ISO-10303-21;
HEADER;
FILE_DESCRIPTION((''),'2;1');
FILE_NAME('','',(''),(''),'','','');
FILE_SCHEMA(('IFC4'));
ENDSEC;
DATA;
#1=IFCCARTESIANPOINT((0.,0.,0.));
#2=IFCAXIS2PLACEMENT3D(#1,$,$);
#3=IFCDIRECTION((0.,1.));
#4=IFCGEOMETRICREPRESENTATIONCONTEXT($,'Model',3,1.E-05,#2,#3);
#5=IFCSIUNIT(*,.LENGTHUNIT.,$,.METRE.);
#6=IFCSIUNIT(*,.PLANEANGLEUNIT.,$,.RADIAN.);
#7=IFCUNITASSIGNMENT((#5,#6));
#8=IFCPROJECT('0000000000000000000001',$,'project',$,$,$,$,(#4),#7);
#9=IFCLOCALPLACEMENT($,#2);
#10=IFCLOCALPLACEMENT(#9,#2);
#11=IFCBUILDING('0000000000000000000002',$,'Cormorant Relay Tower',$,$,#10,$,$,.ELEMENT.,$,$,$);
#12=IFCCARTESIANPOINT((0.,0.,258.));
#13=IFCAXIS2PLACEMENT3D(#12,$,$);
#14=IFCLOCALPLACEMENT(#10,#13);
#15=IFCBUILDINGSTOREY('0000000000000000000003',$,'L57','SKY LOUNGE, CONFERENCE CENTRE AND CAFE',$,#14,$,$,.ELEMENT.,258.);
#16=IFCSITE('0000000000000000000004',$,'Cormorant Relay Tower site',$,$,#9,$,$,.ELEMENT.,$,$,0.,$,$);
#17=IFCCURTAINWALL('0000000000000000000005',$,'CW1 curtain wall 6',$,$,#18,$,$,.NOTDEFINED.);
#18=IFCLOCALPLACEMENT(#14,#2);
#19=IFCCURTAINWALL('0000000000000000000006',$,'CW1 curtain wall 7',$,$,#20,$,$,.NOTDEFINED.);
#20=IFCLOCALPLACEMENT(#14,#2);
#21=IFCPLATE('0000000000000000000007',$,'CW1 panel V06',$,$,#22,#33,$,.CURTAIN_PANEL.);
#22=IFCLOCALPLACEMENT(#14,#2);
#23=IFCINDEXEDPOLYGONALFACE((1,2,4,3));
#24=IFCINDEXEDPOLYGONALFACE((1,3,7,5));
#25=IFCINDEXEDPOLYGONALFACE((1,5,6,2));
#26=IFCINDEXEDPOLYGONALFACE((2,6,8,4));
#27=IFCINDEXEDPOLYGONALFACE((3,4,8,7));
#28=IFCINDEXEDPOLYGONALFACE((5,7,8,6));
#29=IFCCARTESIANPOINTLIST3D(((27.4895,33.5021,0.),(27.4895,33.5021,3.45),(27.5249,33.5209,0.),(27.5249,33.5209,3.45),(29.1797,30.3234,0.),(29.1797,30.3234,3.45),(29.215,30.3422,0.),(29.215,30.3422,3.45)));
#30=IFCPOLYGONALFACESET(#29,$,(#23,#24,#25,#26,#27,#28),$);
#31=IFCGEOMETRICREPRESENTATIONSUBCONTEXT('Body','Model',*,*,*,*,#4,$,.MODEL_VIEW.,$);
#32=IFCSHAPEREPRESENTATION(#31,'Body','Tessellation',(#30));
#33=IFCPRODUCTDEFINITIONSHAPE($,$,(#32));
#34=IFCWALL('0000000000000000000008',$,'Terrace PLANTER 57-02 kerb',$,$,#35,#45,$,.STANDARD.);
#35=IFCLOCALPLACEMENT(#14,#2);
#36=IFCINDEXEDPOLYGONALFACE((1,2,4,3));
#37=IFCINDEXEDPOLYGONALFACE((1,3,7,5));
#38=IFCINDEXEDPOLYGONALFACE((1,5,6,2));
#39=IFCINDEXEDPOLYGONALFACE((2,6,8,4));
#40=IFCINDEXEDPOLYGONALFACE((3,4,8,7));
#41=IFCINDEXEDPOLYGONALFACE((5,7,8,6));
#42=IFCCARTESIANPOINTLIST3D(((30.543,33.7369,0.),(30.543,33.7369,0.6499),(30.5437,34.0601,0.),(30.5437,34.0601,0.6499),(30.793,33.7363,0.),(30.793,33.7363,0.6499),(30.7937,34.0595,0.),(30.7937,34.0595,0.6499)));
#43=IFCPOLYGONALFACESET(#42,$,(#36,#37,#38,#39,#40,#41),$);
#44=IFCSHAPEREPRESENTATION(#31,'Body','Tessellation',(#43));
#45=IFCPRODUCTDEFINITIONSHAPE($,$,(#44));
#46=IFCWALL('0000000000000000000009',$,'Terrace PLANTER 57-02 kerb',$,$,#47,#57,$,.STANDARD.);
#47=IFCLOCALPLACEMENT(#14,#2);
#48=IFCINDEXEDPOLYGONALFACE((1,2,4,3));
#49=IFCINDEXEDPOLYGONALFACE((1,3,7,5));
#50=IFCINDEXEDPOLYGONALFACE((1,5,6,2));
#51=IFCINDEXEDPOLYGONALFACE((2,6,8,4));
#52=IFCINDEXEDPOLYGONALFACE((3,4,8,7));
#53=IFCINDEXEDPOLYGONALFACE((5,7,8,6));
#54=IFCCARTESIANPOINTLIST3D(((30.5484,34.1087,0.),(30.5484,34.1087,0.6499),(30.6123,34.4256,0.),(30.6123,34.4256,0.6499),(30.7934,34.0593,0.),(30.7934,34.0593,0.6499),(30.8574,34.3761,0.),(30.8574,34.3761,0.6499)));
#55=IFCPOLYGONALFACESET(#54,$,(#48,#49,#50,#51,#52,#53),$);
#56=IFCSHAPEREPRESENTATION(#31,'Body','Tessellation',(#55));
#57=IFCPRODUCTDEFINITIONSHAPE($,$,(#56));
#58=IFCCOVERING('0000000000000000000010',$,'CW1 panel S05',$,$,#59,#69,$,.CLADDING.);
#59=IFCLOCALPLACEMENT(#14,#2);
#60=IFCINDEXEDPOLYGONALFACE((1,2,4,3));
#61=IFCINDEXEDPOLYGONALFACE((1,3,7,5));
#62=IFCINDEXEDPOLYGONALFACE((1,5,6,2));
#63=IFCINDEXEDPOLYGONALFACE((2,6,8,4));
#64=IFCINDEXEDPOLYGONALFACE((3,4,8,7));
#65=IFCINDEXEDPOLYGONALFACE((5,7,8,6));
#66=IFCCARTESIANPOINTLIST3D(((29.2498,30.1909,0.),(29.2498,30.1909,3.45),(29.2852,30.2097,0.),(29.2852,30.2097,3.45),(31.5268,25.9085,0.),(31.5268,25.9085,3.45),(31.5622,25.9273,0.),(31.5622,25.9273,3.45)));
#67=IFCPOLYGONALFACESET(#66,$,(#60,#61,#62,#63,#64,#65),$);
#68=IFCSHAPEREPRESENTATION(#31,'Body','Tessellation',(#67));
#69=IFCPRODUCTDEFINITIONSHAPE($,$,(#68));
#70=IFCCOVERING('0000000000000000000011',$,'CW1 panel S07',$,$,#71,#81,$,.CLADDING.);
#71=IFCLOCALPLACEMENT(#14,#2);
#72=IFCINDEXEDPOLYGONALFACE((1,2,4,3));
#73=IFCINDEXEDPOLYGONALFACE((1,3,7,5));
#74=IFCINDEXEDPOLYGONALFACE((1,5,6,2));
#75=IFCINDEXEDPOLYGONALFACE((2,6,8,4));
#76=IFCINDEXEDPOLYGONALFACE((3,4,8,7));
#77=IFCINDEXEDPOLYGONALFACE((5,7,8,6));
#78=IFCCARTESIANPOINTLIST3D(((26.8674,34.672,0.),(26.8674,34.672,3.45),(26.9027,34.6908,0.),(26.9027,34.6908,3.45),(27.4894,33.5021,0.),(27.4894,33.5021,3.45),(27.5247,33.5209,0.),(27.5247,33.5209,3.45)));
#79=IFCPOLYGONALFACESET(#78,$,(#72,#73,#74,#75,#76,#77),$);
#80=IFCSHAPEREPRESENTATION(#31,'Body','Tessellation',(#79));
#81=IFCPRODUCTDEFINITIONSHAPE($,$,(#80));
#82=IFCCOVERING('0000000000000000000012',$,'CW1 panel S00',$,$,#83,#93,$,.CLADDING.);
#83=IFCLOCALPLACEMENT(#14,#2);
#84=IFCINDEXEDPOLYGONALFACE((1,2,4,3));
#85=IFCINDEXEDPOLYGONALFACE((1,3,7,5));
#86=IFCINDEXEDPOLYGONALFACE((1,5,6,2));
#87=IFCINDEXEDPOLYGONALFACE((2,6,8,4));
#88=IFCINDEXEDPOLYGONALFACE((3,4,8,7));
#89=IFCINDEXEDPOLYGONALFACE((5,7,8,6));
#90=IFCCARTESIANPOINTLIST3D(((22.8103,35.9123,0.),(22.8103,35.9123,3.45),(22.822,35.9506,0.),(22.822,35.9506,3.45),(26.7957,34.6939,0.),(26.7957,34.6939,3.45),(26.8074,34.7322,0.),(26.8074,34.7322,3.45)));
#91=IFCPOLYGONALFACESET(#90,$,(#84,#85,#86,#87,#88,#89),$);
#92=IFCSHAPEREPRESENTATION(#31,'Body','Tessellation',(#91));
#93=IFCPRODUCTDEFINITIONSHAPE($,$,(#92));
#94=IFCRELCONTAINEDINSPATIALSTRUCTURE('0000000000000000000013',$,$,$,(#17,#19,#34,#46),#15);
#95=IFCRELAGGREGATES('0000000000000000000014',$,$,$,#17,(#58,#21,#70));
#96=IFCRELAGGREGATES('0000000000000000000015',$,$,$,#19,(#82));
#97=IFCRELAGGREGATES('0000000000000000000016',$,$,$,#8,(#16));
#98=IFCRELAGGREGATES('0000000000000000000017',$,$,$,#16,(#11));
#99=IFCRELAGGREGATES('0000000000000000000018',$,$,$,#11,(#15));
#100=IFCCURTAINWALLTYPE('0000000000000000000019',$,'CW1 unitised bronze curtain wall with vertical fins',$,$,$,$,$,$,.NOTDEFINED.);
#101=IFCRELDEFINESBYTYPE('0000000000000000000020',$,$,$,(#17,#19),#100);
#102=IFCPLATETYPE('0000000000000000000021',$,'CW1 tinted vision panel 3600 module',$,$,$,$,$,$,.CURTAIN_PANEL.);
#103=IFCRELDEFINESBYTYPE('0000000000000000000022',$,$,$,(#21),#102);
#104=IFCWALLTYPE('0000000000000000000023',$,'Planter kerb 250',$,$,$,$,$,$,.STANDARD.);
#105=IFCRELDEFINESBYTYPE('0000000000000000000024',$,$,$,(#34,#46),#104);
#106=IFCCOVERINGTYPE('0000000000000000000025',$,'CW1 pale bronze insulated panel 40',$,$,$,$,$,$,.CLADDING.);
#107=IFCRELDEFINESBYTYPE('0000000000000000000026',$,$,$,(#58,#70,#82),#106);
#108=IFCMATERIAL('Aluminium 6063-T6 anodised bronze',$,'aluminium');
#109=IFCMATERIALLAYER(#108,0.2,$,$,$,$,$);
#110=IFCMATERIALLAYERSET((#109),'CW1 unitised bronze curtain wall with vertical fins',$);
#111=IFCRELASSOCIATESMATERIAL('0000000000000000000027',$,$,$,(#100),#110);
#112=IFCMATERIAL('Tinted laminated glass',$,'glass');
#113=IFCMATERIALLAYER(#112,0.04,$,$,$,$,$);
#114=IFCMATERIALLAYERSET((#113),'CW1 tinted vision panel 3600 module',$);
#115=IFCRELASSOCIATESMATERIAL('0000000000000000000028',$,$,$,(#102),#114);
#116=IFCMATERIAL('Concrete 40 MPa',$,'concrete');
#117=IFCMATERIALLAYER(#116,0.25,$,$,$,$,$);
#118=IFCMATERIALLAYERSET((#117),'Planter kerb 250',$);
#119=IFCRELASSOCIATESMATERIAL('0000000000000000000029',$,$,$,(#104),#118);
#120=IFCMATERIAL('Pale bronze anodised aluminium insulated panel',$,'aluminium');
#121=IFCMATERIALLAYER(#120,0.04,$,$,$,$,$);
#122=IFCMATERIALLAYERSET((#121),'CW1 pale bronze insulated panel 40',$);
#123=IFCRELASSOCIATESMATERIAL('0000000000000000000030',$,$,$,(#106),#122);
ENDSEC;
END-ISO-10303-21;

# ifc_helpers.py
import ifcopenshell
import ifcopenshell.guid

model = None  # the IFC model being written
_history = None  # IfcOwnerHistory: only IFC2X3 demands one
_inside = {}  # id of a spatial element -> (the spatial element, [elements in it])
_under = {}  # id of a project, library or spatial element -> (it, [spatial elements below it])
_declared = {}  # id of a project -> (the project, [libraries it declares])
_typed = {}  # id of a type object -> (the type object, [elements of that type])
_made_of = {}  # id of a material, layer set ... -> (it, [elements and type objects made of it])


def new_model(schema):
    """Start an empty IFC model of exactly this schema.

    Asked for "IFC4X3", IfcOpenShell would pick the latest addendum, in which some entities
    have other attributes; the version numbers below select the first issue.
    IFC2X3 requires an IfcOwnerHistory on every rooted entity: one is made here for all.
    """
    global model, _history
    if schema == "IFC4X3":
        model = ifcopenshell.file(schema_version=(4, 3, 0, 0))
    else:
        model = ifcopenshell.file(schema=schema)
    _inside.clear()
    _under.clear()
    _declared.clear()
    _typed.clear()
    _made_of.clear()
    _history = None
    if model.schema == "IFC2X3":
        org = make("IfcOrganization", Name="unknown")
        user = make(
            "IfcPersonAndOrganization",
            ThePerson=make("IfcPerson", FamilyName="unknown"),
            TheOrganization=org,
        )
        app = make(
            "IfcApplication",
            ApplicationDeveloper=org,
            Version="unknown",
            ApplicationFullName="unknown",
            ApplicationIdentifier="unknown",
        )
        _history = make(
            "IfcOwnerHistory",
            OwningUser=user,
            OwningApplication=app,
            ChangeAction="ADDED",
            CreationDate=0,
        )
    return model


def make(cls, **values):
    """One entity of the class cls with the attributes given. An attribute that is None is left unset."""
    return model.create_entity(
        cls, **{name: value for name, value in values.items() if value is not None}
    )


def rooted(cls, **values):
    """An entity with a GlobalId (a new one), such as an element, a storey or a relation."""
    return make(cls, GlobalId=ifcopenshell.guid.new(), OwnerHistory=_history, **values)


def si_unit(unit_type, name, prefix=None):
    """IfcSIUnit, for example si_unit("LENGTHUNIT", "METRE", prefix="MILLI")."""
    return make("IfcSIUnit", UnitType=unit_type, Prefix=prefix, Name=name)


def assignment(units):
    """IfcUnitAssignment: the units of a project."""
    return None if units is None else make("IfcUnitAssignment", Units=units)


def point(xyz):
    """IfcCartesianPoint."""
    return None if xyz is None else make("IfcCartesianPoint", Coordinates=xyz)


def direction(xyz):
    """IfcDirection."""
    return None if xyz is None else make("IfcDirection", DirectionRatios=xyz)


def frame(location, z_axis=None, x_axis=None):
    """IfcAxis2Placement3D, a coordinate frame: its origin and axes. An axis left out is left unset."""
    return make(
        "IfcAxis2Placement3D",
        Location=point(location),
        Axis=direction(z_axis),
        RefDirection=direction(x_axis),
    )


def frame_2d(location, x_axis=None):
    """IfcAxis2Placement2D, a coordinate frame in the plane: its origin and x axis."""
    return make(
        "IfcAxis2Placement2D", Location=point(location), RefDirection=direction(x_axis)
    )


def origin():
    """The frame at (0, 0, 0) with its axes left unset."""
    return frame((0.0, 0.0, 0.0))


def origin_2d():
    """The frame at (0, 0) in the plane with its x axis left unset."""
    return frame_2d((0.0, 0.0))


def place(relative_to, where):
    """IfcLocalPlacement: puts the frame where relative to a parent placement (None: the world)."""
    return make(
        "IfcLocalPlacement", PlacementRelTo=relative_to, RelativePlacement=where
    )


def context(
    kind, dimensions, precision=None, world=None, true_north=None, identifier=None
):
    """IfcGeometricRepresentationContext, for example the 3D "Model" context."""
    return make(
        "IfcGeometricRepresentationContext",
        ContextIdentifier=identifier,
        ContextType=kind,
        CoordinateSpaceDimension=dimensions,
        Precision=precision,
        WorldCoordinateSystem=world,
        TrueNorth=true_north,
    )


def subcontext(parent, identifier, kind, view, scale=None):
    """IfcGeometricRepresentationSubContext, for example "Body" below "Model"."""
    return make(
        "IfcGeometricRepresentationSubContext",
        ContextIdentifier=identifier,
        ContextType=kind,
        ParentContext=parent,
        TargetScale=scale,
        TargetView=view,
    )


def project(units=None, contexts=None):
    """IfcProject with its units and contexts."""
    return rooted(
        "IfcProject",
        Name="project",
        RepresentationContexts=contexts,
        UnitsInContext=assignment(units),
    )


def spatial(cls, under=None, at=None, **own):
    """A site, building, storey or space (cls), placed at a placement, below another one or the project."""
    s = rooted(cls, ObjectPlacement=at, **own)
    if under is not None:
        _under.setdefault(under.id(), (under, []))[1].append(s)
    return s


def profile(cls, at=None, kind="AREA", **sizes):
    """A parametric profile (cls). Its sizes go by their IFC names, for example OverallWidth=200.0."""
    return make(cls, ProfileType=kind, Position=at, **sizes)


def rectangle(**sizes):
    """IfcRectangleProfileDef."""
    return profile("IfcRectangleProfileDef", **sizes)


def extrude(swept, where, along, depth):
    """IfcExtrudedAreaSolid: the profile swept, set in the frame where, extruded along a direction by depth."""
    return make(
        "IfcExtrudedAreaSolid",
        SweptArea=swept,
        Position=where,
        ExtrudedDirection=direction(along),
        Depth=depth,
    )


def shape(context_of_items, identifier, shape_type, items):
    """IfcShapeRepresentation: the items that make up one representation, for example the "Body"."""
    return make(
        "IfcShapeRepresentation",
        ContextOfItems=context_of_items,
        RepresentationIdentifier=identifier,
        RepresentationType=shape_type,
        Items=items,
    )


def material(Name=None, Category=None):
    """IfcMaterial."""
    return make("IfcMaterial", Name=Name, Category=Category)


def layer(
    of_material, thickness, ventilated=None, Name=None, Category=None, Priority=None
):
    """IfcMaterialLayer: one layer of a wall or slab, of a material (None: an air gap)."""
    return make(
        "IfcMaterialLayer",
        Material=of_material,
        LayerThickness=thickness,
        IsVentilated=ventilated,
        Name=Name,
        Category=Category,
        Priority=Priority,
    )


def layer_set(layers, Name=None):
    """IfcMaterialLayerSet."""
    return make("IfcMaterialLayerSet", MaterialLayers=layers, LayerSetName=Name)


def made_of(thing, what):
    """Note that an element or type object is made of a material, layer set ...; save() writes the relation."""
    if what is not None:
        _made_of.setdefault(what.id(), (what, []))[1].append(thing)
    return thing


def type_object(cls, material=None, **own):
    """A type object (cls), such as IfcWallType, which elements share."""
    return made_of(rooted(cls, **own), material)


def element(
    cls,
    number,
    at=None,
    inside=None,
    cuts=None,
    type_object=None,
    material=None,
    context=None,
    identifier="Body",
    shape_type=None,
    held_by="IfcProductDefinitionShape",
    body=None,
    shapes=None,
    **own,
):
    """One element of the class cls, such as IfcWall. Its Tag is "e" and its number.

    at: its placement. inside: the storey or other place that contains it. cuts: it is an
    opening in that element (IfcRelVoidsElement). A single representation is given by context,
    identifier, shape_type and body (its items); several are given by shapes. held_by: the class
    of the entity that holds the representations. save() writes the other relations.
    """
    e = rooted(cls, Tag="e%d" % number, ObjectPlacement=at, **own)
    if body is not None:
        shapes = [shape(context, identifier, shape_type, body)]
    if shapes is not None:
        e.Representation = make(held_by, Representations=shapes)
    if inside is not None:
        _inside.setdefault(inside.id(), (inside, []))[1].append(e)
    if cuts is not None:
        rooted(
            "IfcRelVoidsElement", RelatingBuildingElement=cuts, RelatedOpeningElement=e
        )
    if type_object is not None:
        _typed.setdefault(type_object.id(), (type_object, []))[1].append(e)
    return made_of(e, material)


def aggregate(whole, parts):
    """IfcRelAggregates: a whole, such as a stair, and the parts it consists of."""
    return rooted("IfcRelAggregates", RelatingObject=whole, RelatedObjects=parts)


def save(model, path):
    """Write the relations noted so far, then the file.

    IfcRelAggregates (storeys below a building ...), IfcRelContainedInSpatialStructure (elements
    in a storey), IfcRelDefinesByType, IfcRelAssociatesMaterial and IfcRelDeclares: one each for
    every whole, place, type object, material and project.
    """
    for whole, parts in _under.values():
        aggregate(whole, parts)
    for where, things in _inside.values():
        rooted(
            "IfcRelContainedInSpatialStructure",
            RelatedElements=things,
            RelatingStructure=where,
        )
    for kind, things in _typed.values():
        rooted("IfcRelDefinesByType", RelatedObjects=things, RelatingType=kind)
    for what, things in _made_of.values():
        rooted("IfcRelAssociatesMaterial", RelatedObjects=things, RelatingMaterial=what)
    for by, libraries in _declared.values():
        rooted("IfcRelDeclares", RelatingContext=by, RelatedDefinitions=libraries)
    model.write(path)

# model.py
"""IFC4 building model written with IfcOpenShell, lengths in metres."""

from ifc_helpers import new_model, si_unit, direction, frame, frame_2d, origin, origin_2d, place, context, subcontext, project, spatial, rectangle, extrude, material, layer, layer_set, type_object, element, aggregate, save


model = new_model("IFC4")

# Units and contexts
model_context = context("Model", 3, precision=1e-05, world=origin(), true_north=direction((0.0, 1.0)))
body_context = subcontext(model_context, "Body", "Model", "MODEL_VIEW")
ifc_project = project(units=[si_unit("LENGTHUNIT", "METRE"), si_unit("PLANEANGLEUNIT", "RADIAN")], contexts=[model_context])

# Site, building, storey
site_placement = place(None, origin())
site = spatial("IfcSite", under=ifc_project, at=site_placement, Name="Cormorant Relay Tower site", CompositionType="ELEMENT", RefElevation=0.0)
building_placement = place(site_placement, origin())
building = spatial("IfcBuilding", under=site, at=building_placement, Name="Cormorant Relay Tower", CompositionType="ELEMENT")
storey_placement = place(building_placement, frame((0.0, 0.0, 258.0)))
storey = spatial("IfcBuildingStorey", under=building, at=storey_placement, Name="L57", Description="SKY LOUNGE, CONFERENCE CENTRE AND CAFE", CompositionType="ELEMENT", Elevation=258.0)

# Curtain wall
ifc_material_1 = material(Name="Aluminium 6063-T6 anodised bronze", Category="aluminium")
ifc_layer_1 = layer(ifc_material_1, 0.2)
ifc_layer_set_1 = layer_set([ifc_layer_1], Name="CW1 unitised bronze curtain wall with vertical fins")
curtain_wall_type = type_object("IfcCurtainWallType", Name="CW1 unitised bronze curtain wall with vertical fins", PredefinedType="NOTDEFINED", material=ifc_layer_set_1)
curtain_wall_1_placement = place(storey_placement, origin())
curtain_wall_1 = element("IfcCurtainWall", 1, at=curtain_wall_1_placement, inside=storey, type_object=curtain_wall_type, Name="CW1 curtain wall 6", PredefinedType="NOTDEFINED")

# Curtain wall
curtain_wall_2_placement = place(storey_placement, origin())
curtain_wall_2 = element("IfcCurtainWall", 2, at=curtain_wall_2_placement, inside=storey, type_object=curtain_wall_type, Name="CW1 curtain wall 7", PredefinedType="NOTDEFINED")

# Plate
ifc_material_2 = material(Name="Tinted laminated glass", Category="glass")
ifc_layer_2 = layer(ifc_material_2, 0.04)
ifc_layer_set_2 = layer_set([ifc_layer_2], Name="CW1 tinted vision panel 3600 module")
plate_type = type_object("IfcPlateType", Name="CW1 tinted vision panel 3600 module", PredefinedType="CURTAIN_PANEL", material=ifc_layer_set_2)
plate_placement = place(storey_placement, frame((28.3523, 31.9221, 0.0), z_axis=(0.0, 0.0, 1.0), x_axis=(-0.469472, 0.882948, 0.0)))
plate = element("IfcPlate", 3, at=plate_placement, type_object=plate_type, Name="CW1 panel V06", PredefinedType="CURTAIN_PANEL", context=body_context, shape_type="SweptSolid", body=[
    extrude(rectangle(XDim=3.6001, YDim=0.04, at=origin_2d()), origin(), (0.0, 0.0, 1.0), 3.45),
])

# Walls
ifc_material_3 = material(Name="Concrete 40 MPa", Category="concrete")
ifc_layer_3 = layer(ifc_material_3, 0.25)
ifc_layer_set_3 = layer_set([ifc_layer_3], Name="Planter kerb 250")
wall_type = type_object("IfcWallType", Name="Planter kerb 250", PredefinedType="STANDARD", material=ifc_layer_set_3)
for number, where, z_axis, x_axis, name in (
    (4, (30.668, 33.7366, 0.0), (0.0, 0.0, 1.0), (0.002266, 0.999997, 0.0), "Terrace PLANTER 57-02 kerb"),
    (5, (30.6709, 34.084, 0.0), (0.0, 0.0, 1.0), (0.197859, 0.980231, 0.0), "Terrace PLANTER 57-02 kerb"),
):
    element("IfcWall", number, at=place(storey_placement, frame(where, z_axis=z_axis, x_axis=x_axis)), inside=storey, type_object=wall_type, Name=name, PredefinedType="STANDARD", context=body_context, shape_type="SweptSolid", body=[
        extrude(rectangle(XDim=0.3232, YDim=0.25, at=frame_2d((0.1616, 0.0))), origin(), (0.0, 0.0, 1.0), 0.6499),
    ])

# Coverings
ifc_material_4 = material(Name="Pale bronze anodised aluminium insulated panel", Category="aluminium")
ifc_layer_4 = layer(ifc_material_4, 0.04)
ifc_layer_set_4 = layer_set([ifc_layer_4], Name="CW1 pale bronze insulated panel 40")
covering_type = type_object("IfcCoveringType", Name="CW1 pale bronze insulated panel 40", PredefinedType="CLADDING", material=ifc_layer_set_4)
covering_1_placement = place(storey_placement, frame((30.406, 28.0591, 0.0), z_axis=(0.0, 0.0, 1.0), x_axis=(-0.469472, 0.882948, 0.0)))
covering_1 = element("IfcCovering", 6, at=covering_1_placement, type_object=covering_type, Name="CW1 panel S05", PredefinedType="CLADDING", context=body_context, shape_type="SweptSolid", body=[
    extrude(rectangle(XDim=4.8501, YDim=0.04, at=origin_2d()), origin(), (0.0, 0.0, 1.0), 3.45),
])
covering_2_placement = place(storey_placement, frame((27.196, 34.0964, 0.0), z_axis=(0.0, 0.0, 1.0), x_axis=(-0.469472, 0.882948, 0.0)))
covering_2 = element("IfcCovering", 7, at=covering_2_placement, type_object=covering_type, Name="CW1 panel S07", PredefinedType="CLADDING", context=body_context, shape_type="SweptSolid", body=[
    extrude(rectangle(XDim=1.325, YDim=0.04, at=origin_2d()), origin(), (0.0, 0.0, 1.0), 3.45),
])
aggregate(curtain_wall_1, [covering_1, plate, covering_2])
covering_3_placement = place(storey_placement, frame((24.8088, 35.3223, 0.0), z_axis=(0.0, 0.0, 1.0), x_axis=(-0.956305, 0.292372, 0.0)))
covering_3 = element("IfcCovering", 8, at=covering_3_placement, type_object=covering_type, Name="CW1 panel S00", PredefinedType="CLADDING", context=body_context, shape_type="SweptSolid", body=[
    extrude(rectangle(XDim=4.1675, YDim=0.04, at=origin_2d()), origin(), (0.0, 0.0, 1.0), 3.45),
])
aggregate(curtain_wall_2, [covering_3])

save(model, "model.ifc")
